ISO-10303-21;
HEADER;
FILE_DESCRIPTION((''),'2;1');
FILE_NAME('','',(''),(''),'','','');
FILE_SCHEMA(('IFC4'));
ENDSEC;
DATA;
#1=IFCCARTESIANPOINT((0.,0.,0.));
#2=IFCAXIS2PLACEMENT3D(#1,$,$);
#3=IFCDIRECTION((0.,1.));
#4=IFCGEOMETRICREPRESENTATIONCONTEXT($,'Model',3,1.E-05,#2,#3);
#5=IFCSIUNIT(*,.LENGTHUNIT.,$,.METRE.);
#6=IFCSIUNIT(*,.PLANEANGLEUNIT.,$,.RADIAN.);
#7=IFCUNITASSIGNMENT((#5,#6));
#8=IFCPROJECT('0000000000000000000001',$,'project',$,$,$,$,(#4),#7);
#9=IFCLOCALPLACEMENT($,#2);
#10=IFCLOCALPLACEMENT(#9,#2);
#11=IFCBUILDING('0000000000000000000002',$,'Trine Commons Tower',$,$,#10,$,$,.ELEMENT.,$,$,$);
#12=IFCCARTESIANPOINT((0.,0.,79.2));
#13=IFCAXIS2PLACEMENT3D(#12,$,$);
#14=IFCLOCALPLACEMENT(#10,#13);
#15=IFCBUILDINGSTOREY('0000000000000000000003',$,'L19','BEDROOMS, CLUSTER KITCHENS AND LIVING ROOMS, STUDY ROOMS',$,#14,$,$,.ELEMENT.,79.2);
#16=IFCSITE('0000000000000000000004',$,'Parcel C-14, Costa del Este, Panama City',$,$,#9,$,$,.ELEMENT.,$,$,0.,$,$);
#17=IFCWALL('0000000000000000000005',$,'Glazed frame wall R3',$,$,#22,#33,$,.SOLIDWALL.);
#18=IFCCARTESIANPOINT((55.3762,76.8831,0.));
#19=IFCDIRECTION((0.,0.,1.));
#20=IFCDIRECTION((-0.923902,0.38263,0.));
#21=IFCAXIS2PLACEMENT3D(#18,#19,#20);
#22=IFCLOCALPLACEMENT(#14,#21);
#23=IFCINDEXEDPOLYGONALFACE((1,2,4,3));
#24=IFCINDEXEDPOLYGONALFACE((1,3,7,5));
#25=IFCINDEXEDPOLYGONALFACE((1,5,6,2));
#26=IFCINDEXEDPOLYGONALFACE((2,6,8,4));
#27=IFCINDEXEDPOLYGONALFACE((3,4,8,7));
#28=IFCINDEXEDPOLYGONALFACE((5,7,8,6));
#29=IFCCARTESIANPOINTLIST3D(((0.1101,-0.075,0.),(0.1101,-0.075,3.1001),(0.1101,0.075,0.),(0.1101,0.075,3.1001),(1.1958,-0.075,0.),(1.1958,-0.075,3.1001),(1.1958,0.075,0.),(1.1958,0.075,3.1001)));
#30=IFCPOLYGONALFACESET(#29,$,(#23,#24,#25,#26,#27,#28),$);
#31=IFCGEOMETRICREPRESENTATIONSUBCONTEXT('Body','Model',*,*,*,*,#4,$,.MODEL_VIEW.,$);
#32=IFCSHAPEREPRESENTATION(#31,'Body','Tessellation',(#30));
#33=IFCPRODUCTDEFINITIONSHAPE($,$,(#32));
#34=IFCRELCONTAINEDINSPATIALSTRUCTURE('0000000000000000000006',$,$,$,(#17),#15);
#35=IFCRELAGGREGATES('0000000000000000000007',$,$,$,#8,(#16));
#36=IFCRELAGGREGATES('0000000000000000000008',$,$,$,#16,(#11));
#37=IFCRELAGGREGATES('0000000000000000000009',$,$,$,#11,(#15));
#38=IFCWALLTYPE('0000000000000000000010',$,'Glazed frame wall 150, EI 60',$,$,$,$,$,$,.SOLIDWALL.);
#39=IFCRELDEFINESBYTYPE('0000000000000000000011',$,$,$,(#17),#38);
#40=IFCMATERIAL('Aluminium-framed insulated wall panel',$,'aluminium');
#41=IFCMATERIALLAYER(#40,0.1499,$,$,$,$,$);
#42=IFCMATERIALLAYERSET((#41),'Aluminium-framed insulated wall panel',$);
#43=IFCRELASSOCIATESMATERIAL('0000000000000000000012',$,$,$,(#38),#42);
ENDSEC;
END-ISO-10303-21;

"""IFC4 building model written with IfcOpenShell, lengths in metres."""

from ifc_helpers import new_model, si_unit, direction, frame, origin, place, context, subcontext, project, spatial, polyline, outline, extrude, material, layer, layer_set, type_object, element, save


model = new_model("IFC4")

# Units and contexts
model_context = context("Model", 3, precision=1e-05, world=origin(), true_north=direction((0.0, 1.0)))
body_context = subcontext(model_context, "Body", "Model", "MODEL_VIEW")
ifc_project = project(units=[si_unit("LENGTHUNIT", "METRE"), si_unit("PLANEANGLEUNIT", "RADIAN")], contexts=[model_context])

# Site, building, storey
site_placement = place(None, origin())
site = spatial("IfcSite", under=ifc_project, at=site_placement, Name="Parcel C-14, Costa del Este, Panama City", CompositionType="ELEMENT", RefElevation=0.0)
building_placement = place(site_placement, origin())
building = spatial("IfcBuilding", under=site, at=building_placement, Name="Trine Commons Tower", CompositionType="ELEMENT")
storey_placement = place(building_placement, frame((0.0, 0.0, 79.2)))
storey = spatial("IfcBuildingStorey", under=building, at=storey_placement, Name="L19", Description="BEDROOMS, CLUSTER KITCHENS AND LIVING ROOMS, STUDY ROOMS", CompositionType="ELEMENT", Elevation=79.2)

# Shared definitions
ifc_material_1 = material(Name="Aluminium-framed insulated wall panel", Category="aluminium")
ifc_layer_1 = layer(ifc_material_1, 0.1499)
ifc_layer_set_1 = layer_set([ifc_layer_1], Name="Aluminium-framed insulated wall panel")
wall_type_1 = type_object("IfcWallType", Name="Glazed frame wall 150, EI 60", PredefinedType="SOLIDWALL", material=ifc_layer_set_1)

# Wall
wall_1_placement = place(storey_placement, frame((55.3762, 76.8831, 0.0), z_axis=(0.0, 0.0, 1.0), x_axis=(-0.923902, 0.38263, 0.0)))
element("IfcWall", 1, at=wall_1_placement, inside=storey, type_object=wall_type_1, Name="Glazed frame wall R3", PredefinedType="SOLIDWALL", context=body_context, shape_type="SweptSolid", body=[
    extrude(outline(polyline([(0.1101, 0.075), (0.1101, -0.075), (1.1958, -0.075), (1.1958, 0.075), (0.1101, 0.075)])), origin(), (0.0, 0.0, 1.0), 3.1001),
])

save(model, "model.ifc")
